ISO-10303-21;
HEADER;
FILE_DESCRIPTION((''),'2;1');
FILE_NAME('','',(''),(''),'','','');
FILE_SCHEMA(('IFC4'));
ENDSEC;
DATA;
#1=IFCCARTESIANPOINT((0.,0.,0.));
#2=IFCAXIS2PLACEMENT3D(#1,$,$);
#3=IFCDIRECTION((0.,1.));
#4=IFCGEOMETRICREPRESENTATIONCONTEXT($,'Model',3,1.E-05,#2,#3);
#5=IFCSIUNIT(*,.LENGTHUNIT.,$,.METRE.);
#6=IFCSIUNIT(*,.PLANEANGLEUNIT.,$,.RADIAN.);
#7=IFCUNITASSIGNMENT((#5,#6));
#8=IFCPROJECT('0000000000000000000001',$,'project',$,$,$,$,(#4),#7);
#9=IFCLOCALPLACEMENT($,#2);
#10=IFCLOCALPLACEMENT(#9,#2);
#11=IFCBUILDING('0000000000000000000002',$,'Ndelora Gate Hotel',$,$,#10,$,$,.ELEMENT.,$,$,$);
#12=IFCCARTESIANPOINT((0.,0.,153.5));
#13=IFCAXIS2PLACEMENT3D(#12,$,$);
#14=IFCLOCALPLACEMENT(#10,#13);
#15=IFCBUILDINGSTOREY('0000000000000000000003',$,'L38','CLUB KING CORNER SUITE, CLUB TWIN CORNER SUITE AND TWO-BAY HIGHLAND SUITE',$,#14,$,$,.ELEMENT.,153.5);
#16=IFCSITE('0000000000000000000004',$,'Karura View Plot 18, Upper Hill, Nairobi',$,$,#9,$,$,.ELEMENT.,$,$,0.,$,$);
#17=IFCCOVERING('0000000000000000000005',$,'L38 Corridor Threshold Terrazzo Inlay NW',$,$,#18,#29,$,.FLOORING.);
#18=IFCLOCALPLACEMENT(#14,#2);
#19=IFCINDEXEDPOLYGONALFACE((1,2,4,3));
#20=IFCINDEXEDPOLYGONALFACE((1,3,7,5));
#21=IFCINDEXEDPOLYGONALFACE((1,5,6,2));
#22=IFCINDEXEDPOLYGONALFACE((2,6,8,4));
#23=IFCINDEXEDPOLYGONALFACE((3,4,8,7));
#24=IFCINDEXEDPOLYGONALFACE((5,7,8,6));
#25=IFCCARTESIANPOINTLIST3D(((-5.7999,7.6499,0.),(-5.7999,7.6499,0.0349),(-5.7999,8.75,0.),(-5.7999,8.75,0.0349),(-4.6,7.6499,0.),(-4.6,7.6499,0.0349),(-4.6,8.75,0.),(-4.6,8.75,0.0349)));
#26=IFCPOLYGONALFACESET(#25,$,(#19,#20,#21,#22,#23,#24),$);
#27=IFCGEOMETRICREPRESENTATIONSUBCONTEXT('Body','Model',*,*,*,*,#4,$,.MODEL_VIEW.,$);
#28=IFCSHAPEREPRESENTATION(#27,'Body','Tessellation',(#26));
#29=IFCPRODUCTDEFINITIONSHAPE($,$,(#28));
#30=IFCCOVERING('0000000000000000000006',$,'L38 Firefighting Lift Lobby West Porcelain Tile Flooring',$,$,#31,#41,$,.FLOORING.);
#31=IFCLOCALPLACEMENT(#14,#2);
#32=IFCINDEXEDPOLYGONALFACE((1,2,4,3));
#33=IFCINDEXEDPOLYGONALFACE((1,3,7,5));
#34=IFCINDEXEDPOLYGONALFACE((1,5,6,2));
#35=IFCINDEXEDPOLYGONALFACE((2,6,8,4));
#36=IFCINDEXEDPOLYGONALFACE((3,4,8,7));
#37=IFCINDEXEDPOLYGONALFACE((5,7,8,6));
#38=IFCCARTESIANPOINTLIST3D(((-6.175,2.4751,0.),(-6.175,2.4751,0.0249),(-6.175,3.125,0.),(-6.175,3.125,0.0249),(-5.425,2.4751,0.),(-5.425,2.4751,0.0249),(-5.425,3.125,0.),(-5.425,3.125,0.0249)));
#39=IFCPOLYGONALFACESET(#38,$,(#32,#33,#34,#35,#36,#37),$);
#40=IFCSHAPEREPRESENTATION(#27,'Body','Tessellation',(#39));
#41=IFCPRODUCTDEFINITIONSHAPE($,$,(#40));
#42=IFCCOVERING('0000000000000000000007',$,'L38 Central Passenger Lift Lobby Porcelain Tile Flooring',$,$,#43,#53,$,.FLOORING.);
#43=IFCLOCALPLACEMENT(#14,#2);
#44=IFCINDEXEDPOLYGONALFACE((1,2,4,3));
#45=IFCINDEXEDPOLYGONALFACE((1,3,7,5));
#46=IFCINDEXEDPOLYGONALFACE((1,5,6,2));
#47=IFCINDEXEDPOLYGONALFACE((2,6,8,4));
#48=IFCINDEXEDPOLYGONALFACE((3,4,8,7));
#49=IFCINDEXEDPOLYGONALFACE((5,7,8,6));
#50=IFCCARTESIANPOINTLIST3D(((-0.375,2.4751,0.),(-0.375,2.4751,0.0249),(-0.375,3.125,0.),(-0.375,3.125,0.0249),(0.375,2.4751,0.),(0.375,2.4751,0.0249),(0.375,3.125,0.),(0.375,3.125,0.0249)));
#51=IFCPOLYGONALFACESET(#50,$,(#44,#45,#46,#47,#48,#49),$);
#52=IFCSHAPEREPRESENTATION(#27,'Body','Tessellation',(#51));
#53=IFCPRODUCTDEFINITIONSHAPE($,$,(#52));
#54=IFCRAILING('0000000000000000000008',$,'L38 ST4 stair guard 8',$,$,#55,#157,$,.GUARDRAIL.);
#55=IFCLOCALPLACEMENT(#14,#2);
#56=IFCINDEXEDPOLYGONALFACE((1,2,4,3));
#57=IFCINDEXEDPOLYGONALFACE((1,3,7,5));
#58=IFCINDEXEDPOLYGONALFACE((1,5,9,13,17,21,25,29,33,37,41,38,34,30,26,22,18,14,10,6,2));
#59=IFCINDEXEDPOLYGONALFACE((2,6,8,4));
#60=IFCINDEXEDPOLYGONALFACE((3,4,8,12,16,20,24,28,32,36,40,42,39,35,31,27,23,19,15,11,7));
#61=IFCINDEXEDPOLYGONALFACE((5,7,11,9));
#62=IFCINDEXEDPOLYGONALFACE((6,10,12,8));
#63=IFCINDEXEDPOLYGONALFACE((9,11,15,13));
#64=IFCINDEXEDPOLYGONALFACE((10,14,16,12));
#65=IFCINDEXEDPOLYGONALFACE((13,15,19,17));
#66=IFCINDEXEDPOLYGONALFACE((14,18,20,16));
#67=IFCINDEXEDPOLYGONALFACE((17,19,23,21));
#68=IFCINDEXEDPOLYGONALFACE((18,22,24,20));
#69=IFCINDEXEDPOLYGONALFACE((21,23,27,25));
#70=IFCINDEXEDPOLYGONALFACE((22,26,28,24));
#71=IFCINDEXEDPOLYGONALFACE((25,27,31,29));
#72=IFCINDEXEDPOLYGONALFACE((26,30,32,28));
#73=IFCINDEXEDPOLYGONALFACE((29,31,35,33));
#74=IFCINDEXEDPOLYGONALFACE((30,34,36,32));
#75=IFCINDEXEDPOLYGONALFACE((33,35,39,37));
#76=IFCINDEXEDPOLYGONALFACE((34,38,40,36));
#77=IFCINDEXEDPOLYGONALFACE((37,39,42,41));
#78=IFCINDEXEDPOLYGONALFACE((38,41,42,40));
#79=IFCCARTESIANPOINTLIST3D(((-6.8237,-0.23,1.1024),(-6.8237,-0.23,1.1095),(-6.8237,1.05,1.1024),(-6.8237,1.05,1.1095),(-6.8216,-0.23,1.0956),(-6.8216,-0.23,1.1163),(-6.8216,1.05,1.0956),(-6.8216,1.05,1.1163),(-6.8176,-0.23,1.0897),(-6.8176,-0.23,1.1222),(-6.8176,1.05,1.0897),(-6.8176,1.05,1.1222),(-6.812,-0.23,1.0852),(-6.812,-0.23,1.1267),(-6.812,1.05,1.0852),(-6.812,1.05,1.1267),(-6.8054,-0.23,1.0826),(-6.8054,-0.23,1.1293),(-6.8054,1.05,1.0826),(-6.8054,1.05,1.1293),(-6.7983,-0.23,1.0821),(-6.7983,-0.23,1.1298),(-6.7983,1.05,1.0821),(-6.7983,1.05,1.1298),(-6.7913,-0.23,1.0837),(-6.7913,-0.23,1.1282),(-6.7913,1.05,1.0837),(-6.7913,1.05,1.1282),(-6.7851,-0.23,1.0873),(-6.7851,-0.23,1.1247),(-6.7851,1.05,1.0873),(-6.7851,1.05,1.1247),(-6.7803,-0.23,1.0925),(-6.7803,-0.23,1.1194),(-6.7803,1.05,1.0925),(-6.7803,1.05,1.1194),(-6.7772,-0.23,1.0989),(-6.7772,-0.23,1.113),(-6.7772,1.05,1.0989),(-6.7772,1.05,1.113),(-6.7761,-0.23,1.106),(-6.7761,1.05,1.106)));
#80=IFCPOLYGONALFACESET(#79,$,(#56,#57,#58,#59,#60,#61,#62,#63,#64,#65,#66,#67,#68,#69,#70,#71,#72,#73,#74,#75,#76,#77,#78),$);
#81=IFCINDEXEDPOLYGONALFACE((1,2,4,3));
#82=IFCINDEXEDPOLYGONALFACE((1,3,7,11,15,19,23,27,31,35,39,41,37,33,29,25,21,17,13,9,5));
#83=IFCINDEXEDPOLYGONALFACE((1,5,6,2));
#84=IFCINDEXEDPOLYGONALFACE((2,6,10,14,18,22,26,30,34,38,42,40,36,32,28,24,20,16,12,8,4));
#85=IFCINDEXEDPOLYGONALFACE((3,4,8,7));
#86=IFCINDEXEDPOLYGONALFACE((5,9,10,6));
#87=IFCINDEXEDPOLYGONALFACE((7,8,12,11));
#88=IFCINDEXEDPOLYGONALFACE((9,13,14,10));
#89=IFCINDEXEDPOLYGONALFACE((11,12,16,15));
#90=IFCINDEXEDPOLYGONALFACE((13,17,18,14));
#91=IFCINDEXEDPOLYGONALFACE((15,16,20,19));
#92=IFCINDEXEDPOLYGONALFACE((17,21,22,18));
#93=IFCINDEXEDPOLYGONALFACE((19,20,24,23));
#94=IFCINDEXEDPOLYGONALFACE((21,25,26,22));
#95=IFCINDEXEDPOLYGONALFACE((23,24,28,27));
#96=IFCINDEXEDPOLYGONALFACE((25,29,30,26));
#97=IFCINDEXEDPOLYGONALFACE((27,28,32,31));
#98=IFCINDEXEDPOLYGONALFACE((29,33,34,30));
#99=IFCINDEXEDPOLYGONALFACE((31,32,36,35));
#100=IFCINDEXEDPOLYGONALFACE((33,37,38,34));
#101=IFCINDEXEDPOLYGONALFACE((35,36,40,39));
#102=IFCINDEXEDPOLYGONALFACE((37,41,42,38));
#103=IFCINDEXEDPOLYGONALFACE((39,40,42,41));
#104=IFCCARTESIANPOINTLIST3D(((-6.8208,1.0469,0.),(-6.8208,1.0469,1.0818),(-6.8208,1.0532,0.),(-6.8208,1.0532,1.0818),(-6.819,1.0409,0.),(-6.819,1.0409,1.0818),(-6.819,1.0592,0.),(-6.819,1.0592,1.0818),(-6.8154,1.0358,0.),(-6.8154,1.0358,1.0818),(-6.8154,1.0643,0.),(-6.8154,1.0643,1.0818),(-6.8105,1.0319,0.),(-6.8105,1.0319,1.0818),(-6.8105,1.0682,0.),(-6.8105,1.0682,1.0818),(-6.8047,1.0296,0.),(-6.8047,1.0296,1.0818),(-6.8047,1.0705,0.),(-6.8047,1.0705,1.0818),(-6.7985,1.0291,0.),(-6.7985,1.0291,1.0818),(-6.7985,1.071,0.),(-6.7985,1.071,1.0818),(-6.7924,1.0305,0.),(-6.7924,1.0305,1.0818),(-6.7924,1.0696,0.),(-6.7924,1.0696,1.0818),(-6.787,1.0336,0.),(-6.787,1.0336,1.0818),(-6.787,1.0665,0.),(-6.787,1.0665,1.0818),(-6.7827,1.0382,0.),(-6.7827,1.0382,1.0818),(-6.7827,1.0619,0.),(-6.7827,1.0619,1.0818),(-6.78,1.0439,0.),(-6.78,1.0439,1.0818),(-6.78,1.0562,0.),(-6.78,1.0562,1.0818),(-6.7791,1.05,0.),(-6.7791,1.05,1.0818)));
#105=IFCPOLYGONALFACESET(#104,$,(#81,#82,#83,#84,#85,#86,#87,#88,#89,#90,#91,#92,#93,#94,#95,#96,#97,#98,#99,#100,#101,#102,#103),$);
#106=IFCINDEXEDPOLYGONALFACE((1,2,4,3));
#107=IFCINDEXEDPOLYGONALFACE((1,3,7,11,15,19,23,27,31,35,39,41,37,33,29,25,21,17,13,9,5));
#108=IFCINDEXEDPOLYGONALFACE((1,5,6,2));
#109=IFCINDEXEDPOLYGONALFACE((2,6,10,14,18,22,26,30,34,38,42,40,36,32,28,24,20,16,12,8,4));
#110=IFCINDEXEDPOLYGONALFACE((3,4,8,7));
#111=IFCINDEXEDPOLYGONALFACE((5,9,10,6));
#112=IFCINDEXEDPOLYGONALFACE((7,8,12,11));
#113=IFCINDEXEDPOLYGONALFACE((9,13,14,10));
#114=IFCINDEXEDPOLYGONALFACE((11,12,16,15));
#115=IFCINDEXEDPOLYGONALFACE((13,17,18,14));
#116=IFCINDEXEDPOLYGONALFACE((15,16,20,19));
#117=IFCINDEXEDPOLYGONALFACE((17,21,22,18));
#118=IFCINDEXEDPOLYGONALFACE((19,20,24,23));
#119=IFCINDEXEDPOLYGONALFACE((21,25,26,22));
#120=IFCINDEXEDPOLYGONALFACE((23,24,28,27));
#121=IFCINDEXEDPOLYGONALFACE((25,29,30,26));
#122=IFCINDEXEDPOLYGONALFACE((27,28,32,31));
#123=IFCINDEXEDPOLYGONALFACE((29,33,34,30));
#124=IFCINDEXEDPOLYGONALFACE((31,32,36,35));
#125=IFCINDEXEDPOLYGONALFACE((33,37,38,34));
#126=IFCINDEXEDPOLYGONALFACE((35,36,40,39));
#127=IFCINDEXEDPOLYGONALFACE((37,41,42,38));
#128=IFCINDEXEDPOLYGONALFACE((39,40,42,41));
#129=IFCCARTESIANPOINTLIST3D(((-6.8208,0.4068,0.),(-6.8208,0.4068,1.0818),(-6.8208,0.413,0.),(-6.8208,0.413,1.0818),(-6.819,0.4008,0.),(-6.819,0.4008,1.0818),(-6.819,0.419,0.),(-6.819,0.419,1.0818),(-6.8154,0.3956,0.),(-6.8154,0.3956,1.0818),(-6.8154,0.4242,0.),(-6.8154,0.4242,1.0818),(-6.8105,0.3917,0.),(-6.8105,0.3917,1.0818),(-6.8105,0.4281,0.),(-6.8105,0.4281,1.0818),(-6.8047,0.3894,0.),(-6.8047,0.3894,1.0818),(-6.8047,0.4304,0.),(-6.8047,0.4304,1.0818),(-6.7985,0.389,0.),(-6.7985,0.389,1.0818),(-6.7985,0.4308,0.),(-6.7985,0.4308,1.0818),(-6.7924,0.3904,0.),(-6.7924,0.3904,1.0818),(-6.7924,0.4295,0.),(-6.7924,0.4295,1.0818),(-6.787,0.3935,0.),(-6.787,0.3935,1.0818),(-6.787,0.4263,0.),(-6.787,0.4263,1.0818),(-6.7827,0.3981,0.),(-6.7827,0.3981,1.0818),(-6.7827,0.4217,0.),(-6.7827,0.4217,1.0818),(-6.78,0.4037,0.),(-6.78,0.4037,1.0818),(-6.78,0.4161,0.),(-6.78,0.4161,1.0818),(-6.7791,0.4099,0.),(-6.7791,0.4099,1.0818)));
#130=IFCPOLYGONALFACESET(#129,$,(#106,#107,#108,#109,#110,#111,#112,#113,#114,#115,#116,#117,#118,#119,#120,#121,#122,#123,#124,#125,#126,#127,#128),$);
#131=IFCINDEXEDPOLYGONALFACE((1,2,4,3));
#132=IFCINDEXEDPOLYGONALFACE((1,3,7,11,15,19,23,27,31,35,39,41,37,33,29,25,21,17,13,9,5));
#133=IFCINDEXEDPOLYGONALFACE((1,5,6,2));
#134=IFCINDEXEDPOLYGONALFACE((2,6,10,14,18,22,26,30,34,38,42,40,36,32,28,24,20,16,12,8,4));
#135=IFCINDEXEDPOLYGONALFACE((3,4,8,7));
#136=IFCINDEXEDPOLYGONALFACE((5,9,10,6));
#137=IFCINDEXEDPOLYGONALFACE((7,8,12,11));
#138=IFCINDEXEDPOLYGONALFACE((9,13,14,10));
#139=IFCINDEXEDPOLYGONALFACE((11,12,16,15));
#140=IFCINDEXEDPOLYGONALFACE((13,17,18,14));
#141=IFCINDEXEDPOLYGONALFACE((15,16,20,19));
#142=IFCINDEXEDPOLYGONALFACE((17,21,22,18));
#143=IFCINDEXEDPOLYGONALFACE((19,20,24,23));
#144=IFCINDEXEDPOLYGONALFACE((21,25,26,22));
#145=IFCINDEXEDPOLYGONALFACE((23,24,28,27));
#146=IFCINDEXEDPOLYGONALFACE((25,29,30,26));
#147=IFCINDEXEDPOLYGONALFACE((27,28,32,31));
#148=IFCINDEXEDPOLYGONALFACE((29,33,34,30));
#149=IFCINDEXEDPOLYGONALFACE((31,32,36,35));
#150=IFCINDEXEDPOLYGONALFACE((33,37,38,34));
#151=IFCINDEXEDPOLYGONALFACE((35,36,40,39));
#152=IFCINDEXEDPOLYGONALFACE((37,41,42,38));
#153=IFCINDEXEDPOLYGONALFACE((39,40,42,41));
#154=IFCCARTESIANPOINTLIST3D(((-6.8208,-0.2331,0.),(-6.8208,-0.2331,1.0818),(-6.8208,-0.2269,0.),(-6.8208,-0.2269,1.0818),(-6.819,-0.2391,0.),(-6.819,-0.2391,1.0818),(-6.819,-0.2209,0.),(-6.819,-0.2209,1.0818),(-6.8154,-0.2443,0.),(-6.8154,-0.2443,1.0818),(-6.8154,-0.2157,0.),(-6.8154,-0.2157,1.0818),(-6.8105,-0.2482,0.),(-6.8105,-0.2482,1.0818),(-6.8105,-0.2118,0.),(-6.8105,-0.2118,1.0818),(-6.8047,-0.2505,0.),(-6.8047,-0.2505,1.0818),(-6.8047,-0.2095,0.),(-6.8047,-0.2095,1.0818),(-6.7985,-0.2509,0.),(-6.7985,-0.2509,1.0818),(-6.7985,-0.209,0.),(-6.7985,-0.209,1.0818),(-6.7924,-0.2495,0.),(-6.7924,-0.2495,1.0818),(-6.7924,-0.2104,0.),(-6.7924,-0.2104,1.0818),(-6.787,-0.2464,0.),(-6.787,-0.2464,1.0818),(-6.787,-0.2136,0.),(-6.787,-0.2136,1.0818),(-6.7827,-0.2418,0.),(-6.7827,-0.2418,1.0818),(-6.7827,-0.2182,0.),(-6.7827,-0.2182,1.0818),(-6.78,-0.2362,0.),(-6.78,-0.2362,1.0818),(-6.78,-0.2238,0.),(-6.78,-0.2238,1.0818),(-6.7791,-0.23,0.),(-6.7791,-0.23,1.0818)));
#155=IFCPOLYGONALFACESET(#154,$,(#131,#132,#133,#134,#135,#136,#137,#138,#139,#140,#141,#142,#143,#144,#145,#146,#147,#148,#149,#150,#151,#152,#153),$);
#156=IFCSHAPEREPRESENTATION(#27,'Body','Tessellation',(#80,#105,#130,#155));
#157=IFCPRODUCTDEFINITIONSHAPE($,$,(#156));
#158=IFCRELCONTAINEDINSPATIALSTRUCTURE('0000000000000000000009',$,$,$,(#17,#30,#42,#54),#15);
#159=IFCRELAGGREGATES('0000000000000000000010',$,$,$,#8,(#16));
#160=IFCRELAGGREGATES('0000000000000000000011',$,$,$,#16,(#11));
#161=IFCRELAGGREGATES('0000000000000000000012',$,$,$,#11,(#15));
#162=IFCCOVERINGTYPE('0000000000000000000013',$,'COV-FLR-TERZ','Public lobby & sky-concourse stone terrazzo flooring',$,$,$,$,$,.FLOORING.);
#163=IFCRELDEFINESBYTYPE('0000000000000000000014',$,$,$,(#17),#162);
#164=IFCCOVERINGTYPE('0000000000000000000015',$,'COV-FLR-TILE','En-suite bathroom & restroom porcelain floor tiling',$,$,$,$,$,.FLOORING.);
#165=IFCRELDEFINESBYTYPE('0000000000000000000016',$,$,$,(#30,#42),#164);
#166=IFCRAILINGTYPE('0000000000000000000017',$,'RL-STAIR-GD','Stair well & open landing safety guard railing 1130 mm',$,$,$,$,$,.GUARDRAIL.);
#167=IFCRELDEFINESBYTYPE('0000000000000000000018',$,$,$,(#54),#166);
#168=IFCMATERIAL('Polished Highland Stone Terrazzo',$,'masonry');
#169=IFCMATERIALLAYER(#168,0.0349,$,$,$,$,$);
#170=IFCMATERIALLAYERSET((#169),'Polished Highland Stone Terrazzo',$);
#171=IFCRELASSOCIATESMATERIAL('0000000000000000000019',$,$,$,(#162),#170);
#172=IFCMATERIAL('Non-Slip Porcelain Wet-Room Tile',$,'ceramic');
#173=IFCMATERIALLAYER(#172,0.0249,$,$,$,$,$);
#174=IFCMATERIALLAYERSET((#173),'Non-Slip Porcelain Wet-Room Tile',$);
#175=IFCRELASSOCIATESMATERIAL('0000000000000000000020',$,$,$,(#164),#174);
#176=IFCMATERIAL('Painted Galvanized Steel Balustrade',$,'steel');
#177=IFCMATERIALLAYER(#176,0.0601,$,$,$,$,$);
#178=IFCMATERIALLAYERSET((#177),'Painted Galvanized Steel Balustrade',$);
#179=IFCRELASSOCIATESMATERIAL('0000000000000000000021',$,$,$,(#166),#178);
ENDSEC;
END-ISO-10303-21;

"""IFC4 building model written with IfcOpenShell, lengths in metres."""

from ifc_helpers import new_model, si_unit, direction, frame, origin, origin_2d, place, context, subcontext, project, spatial, rectangle, circle, extrude, material, layer, layer_set, type_object, element, save


model = new_model("IFC4")

# Units and contexts
model_context = context("Model", 3, precision=1e-05, world=origin(), true_north=direction((0.0, 1.0)))
body_context = subcontext(model_context, "Body", "Model", "MODEL_VIEW")
ifc_project = project(units=[si_unit("LENGTHUNIT", "METRE"), si_unit("PLANEANGLEUNIT", "RADIAN")], contexts=[model_context])

# Site, building, storey
site_placement = place(None, origin())
site = spatial("IfcSite", under=ifc_project, at=site_placement, Name="Karura View Plot 18, Upper Hill, Nairobi", CompositionType="ELEMENT", RefElevation=0.0)
building_placement = place(site_placement, origin())
building = spatial("IfcBuilding", under=site, at=building_placement, Name="Ndelora Gate Hotel", CompositionType="ELEMENT")
storey_placement = place(building_placement, frame((0.0, 0.0, 153.5)))
storey = spatial("IfcBuildingStorey", under=building, at=storey_placement, Name="L38", Description="CLUB KING CORNER SUITE, CLUB TWIN CORNER SUITE AND TWO-BAY HIGHLAND SUITE", CompositionType="ELEMENT", Elevation=153.5)

# Coverings
ifc_material_1 = material(Name="Polished Highland Stone Terrazzo", Category="masonry")
ifc_layer_1 = layer(ifc_material_1, 0.0349)
ifc_layer_set_1 = layer_set([ifc_layer_1], Name="Polished Highland Stone Terrazzo")
covering_type_1 = type_object("IfcCoveringType", Name="COV-FLR-TERZ", Description="Public lobby & sky-concourse stone terrazzo flooring", PredefinedType="FLOORING", material=ifc_layer_set_1)
covering_1_placement = place(storey_placement, frame((-5.2, 8.2, 0.0), z_axis=(0.0, 0.0, 1.0), x_axis=(1.0, 0.0, 0.0)))
element("IfcCovering", 1, at=covering_1_placement, inside=storey, type_object=covering_type_1, Name="L38 Corridor Threshold Terrazzo Inlay NW", PredefinedType="FLOORING", context=body_context, shape_type="SweptSolid", body=[
    extrude(rectangle(XDim=1.2, YDim=1.1001, at=origin_2d()), origin(), (0.0, 0.0, 1.0), 0.0349),
])
ifc_material_2 = material(Name="Non-Slip Porcelain Wet-Room Tile", Category="ceramic")
ifc_layer_2 = layer(ifc_material_2, 0.0249)
ifc_layer_set_2 = layer_set([ifc_layer_2], Name="Non-Slip Porcelain Wet-Room Tile")
covering_type_2 = type_object("IfcCoveringType", Name="COV-FLR-TILE", Description="En-suite bathroom & restroom porcelain floor tiling", PredefinedType="FLOORING", material=ifc_layer_set_2)
for number, where, z_axis, x_axis, name in (
    (2, (-5.8, 2.8, 0.0), (0.0, 0.0, 1.0), (1.0, 0.0, 0.0), "L38 Firefighting Lift Lobby West Porcelain Tile Flooring"),
    (3, (0.0, 2.8, 0.0), (0.0, 0.0, 1.0), (1.0, 0.0, 0.0), "L38 Central Passenger Lift Lobby Porcelain Tile Flooring"),
):
    element("IfcCovering", number, at=place(storey_placement, frame(where, z_axis=z_axis, x_axis=x_axis)), inside=storey, type_object=covering_type_2, Name=name, PredefinedType="FLOORING", context=body_context, shape_type="SweptSolid", body=[
        extrude(rectangle(XDim=0.75, YDim=0.6499, at=origin_2d()), origin(), (0.0, 0.0, 1.0), 0.0249),
    ])

# Railing
ifc_material_3 = material(Name="Painted Galvanized Steel Balustrade", Category="steel")
ifc_layer_3 = layer(ifc_material_3, 0.0601)
ifc_layer_set_3 = layer_set([ifc_layer_3], Name="Painted Galvanized Steel Balustrade")
railing_type = type_object("IfcRailingType", Name="RL-STAIR-GD", Description="Stair well & open landing safety guard railing 1130 mm", PredefinedType="GUARDRAIL", material=ifc_layer_set_3)
for number, where, name in (
    (4, (-6.8, 1.05, 0.0), "L38 ST4 stair guard 8"),
):
    element("IfcRailing", number, at=place(storey_placement, frame(where)), inside=storey, type_object=railing_type, Name=name, PredefinedType="GUARDRAIL", context=body_context, shape_type="SweptSolid", body=[
        extrude(circle(Radius=0.0239, at=origin_2d()), frame((0.0, 0.0, 1.106), z_axis=(0.0, -1.0, 0.0), x_axis=(1.0, 0.0, 0.0)), (0.0, 0.0, 1.0), 1.28),
        extrude(circle(Radius=0.021, at=origin_2d()), origin(), (0.0, 0.0, 1.0), 1.0818),
        extrude(circle(Radius=0.021, at=origin_2d()), frame((0.0, -0.6401, 0.0)), (0.0, 0.0, 1.0), 1.0818),
        extrude(circle(Radius=0.021, at=origin_2d()), frame((0.0, -1.28, 0.0)), (0.0, 0.0, 1.0), 1.0818),
    ])

save(model, "model.ifc")
